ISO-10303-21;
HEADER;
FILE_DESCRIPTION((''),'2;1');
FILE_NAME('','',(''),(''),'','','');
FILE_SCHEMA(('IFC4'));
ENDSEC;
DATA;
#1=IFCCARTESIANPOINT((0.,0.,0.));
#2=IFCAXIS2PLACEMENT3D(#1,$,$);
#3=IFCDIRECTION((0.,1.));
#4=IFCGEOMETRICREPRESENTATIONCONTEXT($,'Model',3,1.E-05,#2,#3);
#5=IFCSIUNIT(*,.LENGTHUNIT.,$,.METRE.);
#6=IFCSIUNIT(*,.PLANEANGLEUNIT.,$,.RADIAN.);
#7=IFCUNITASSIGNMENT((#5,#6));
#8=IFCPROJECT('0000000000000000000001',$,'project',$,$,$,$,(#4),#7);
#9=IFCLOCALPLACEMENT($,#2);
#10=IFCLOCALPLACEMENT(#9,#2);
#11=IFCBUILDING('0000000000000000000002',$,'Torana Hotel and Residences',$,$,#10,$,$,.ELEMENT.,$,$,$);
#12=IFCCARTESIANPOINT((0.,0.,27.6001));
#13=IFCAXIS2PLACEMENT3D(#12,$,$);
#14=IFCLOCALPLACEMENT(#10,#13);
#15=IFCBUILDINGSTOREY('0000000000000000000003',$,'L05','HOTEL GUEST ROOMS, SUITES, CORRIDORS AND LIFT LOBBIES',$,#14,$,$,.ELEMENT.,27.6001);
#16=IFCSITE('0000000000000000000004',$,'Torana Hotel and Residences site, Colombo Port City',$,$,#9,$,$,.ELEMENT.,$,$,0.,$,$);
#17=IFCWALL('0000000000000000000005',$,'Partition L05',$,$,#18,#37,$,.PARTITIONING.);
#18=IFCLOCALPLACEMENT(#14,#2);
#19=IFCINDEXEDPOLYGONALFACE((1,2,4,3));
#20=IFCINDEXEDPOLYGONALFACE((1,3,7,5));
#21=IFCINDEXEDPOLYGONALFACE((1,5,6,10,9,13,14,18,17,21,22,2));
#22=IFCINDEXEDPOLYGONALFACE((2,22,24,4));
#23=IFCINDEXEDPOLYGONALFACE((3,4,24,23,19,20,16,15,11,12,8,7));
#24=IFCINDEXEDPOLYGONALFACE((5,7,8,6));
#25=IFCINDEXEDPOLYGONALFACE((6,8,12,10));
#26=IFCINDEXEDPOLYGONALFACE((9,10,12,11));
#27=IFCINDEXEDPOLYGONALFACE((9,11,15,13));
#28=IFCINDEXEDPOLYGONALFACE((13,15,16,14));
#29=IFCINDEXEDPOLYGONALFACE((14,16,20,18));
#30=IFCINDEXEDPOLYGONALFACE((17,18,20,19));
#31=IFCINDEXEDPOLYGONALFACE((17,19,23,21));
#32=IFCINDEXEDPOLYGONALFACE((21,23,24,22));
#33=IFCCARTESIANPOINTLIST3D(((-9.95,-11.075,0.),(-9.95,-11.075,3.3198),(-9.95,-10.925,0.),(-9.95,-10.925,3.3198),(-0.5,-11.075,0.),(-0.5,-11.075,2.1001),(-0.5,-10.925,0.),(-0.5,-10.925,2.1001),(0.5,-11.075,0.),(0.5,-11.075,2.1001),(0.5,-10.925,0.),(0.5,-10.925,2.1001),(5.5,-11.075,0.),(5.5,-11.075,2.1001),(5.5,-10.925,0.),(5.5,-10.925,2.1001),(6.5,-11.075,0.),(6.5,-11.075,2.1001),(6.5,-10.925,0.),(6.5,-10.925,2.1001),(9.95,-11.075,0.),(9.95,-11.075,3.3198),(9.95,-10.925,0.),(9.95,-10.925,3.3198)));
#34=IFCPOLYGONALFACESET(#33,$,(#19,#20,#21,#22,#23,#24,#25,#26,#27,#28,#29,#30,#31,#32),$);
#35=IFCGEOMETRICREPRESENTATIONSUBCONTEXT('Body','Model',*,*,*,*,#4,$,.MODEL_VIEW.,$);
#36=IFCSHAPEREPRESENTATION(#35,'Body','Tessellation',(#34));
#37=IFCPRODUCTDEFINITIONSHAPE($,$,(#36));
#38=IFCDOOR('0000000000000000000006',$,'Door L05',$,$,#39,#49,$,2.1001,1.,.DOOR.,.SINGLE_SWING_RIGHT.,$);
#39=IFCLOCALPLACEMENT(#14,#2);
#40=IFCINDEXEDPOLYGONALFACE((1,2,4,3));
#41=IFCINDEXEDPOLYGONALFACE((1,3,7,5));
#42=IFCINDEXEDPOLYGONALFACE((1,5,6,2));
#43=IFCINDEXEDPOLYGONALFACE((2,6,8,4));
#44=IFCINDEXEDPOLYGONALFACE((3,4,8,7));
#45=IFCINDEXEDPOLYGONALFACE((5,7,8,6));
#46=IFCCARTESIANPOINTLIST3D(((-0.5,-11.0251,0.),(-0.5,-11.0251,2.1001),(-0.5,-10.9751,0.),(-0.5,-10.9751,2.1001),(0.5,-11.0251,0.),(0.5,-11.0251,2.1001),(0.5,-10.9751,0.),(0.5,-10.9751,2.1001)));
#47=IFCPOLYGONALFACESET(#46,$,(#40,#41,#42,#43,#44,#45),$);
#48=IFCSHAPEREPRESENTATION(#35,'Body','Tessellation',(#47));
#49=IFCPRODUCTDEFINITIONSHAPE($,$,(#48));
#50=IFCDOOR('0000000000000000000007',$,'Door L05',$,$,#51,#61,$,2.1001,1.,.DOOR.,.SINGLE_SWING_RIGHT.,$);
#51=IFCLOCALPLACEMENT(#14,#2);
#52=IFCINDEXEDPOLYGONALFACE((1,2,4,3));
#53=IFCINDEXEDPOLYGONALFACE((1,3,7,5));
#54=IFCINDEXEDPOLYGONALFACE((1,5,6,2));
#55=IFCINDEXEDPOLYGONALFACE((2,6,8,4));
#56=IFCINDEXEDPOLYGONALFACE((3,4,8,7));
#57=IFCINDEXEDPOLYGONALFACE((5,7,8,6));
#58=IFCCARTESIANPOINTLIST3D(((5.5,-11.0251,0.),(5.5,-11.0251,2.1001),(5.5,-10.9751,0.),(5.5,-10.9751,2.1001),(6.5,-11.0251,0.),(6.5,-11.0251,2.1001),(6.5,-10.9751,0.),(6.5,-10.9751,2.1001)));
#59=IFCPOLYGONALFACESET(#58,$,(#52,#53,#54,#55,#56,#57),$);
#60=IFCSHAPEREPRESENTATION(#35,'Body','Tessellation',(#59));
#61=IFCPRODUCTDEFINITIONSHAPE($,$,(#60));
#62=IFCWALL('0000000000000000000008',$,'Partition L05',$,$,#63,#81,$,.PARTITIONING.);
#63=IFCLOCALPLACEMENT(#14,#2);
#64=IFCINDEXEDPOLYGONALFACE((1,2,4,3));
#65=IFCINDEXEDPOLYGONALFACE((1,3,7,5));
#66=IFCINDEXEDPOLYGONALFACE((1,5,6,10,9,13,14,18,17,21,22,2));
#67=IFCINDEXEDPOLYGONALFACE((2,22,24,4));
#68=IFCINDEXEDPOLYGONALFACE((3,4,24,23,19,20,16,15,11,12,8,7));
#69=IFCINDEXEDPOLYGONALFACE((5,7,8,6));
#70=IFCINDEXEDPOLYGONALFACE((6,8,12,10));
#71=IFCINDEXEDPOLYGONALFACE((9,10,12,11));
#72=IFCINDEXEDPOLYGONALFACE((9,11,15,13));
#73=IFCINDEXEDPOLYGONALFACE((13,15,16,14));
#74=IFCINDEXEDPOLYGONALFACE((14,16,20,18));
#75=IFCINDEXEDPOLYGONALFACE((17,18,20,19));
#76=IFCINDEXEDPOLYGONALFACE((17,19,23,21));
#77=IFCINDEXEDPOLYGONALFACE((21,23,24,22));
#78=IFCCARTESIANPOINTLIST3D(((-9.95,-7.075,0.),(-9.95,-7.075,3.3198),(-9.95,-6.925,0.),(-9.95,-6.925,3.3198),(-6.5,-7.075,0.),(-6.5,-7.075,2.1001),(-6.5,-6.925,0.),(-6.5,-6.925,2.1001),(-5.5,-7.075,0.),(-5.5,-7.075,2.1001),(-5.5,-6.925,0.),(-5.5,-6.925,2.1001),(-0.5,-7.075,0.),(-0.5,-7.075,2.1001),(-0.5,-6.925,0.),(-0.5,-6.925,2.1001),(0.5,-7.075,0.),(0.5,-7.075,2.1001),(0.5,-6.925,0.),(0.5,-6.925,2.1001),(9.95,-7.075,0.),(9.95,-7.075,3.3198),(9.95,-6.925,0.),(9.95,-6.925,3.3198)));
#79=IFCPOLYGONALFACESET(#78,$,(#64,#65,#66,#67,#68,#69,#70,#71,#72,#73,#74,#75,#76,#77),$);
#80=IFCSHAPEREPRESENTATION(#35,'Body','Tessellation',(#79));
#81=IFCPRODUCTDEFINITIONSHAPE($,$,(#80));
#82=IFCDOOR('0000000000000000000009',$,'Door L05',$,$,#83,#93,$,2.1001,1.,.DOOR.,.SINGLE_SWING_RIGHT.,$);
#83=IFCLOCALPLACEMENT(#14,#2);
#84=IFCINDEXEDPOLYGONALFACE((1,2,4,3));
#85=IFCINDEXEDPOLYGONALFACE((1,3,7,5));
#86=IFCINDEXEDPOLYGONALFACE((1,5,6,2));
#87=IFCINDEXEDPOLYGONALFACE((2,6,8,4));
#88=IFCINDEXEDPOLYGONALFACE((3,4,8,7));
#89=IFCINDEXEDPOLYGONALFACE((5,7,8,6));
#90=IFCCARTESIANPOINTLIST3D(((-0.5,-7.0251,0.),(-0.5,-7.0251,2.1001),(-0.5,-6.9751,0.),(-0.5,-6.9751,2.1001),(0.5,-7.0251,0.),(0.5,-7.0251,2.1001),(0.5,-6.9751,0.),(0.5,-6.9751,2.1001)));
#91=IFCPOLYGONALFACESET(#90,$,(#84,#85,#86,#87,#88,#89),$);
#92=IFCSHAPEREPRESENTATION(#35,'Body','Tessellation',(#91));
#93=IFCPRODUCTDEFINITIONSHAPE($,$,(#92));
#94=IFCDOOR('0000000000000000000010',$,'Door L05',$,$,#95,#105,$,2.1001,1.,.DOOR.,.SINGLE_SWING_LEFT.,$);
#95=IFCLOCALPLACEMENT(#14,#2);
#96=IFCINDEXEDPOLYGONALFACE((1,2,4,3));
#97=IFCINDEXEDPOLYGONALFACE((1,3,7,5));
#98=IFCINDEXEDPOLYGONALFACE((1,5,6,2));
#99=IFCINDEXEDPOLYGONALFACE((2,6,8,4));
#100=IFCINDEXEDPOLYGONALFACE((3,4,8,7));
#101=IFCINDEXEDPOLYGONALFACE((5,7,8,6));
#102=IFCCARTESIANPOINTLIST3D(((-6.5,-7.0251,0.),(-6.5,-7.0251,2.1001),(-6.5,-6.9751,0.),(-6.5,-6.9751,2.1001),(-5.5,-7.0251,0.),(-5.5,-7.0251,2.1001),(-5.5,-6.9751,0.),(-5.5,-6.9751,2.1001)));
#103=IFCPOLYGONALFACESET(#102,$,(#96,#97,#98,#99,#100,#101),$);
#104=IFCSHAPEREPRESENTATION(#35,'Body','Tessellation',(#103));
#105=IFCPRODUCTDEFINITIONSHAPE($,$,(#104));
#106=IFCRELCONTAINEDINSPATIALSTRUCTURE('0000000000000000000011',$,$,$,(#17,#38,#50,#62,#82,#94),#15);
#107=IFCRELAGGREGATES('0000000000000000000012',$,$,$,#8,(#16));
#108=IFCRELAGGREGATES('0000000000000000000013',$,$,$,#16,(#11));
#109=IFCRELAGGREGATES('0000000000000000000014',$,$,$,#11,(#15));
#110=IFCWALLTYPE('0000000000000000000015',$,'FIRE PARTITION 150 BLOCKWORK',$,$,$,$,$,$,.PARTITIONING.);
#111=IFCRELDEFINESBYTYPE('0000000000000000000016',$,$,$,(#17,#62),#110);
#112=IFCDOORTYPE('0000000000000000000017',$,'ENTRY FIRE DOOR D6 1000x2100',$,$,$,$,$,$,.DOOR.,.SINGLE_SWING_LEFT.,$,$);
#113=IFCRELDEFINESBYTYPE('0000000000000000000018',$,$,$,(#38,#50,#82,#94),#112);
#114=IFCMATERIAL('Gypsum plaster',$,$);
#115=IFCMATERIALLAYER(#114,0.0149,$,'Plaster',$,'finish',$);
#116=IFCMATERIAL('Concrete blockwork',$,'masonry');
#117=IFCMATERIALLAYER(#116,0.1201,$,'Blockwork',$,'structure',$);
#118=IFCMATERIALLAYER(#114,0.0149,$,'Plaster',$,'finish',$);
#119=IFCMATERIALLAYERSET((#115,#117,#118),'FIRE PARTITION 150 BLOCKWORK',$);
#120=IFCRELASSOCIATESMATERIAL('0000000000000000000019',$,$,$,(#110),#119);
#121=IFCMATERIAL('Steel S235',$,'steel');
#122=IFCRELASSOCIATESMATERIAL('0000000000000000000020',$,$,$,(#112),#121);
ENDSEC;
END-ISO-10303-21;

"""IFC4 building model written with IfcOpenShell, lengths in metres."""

from ifc_helpers import new_model, si_unit, direction, frame, frame_2d, origin, place, context, subcontext, project, spatial, rectangle, extrude, material, layer, layer_set, type_object, element, fill, save


model = new_model("IFC4")

# Units and contexts
model_context = context("Model", 3, precision=1e-05, world=origin(), true_north=direction((0.0, 1.0)))
body_context = subcontext(model_context, "Body", "Model", "MODEL_VIEW")
ifc_project = project(units=[si_unit("LENGTHUNIT", "METRE"), si_unit("PLANEANGLEUNIT", "RADIAN")], contexts=[model_context])

# Site, building, storey
site_placement = place(None, origin())
site = spatial("IfcSite", under=ifc_project, at=site_placement, Name="Torana Hotel and Residences site, Colombo Port City", CompositionType="ELEMENT", RefElevation=0.0)
building_placement = place(site_placement, origin())
building = spatial("IfcBuilding", under=site, at=building_placement, Name="Torana Hotel and Residences", CompositionType="ELEMENT")
storey_placement = place(building_placement, frame((0.0, 0.0, 27.6001)))
storey = spatial("IfcBuildingStorey", under=building, at=storey_placement, Name="L05", Description="HOTEL GUEST ROOMS, SUITES, CORRIDORS AND LIFT LOBBIES", CompositionType="ELEMENT", Elevation=27.6001)

# Shared definitions
ifc_material_1 = material(Name="Gypsum plaster")
ifc_layer_1 = layer(ifc_material_1, 0.0149, Name="Plaster", Category="finish")
ifc_material_2 = material(Name="Concrete blockwork", Category="masonry")
ifc_layer_2 = layer(ifc_material_2, 0.1201, Name="Blockwork", Category="structure")
ifc_layer_3 = layer(ifc_material_1, 0.0149, Name="Plaster", Category="finish")
ifc_layer_set_1 = layer_set([ifc_layer_1, ifc_layer_2, ifc_layer_3], Name="FIRE PARTITION 150 BLOCKWORK")
wall_type_1 = type_object("IfcWallType", Name="FIRE PARTITION 150 BLOCKWORK", PredefinedType="PARTITIONING", material=ifc_layer_set_1)

# Walls, openings, doors
wall_1_placement = place(storey_placement, frame((-9.95, -11.0, 0.0), z_axis=(0.0, 0.0, 1.0), x_axis=(1.0, 0.0, 0.0)))
wall_1 = element("IfcWall", 1, at=wall_1_placement, inside=storey, type_object=wall_type_1, Name="Partition L05", PredefinedType="PARTITIONING", context=body_context, shape_type="SweptSolid", body=[
    extrude(rectangle(XDim=19.8999, YDim=0.1499, at=frame_2d((9.95, 0.0))), origin(), (0.0, 0.0, 1.0), 3.3198),
])
opening_1_placement = place(wall_1_placement, frame((9.45, 0.0, 0.0)))
opening_1 = element("IfcOpeningElement", 2, at=opening_1_placement, cuts=wall_1, PredefinedType="OPENING", context=body_context, shape_type="SweptSolid", body=[
    extrude(rectangle(XDim=1.0, YDim=2.1001, at=frame_2d((0.5, 1.05))), frame((0.0, 0.085, 0.0), z_axis=(0.0, -1.0, 0.0), x_axis=(1.0, 0.0, 0.0)), (0.0, 0.0, 1.0), 0.1699),
])
opening_2_placement = place(wall_1_placement, frame((15.45, 0.0, 0.0)))
opening_2 = element("IfcOpeningElement", 3, at=opening_2_placement, cuts=wall_1, PredefinedType="OPENING", context=body_context, shape_type="SweptSolid", body=[
    extrude(rectangle(XDim=1.0, YDim=2.1001, at=frame_2d((0.5, 1.05))), frame((0.0, 0.085, 0.0), z_axis=(0.0, -1.0, 0.0), x_axis=(1.0, 0.0, 0.0)), (0.0, 0.0, 1.0), 0.1699),
])
ifc_material_3 = material(Name="Steel S235", Category="steel")
door_type = type_object("IfcDoorType", Name="ENTRY FIRE DOOR D6 1000x2100", OperationType="SINGLE_SWING_LEFT", PredefinedType="DOOR", material=ifc_material_3)
door_1_placement = place(opening_1_placement, origin())
door_1 = element("IfcDoor", 4, at=door_1_placement, inside=storey, type_object=door_type, Name="Door L05", OperationType="SINGLE_SWING_RIGHT", OverallHeight=2.1001, OverallWidth=1.0, PredefinedType="DOOR", context=body_context, shape_type="SweptSolid", body=[
    extrude(rectangle(XDim=1.0, YDim=2.1001, at=frame_2d((0.5, 1.05))), frame((0.0, 0.0249, 0.0), z_axis=(0.0, -1.0, 0.0), x_axis=(1.0, 0.0, 0.0)), (0.0, 0.0, 1.0), 0.05),
])
fill(opening_1, door_1)
door_2_placement = place(opening_2_placement, origin())
door_2 = element("IfcDoor", 5, at=door_2_placement, inside=storey, type_object=door_type, Name="Door L05", OperationType="SINGLE_SWING_RIGHT", OverallHeight=2.1001, OverallWidth=1.0, PredefinedType="DOOR", context=body_context, shape_type="SweptSolid", body=[
    extrude(rectangle(XDim=1.0, YDim=2.1001, at=frame_2d((0.5, 1.05))), frame((0.0, 0.0249, 0.0), z_axis=(0.0, -1.0, 0.0), x_axis=(1.0, 0.0, 0.0)), (0.0, 0.0, 1.0), 0.05),
])
fill(opening_2, door_2)
wall_2_placement = place(storey_placement, frame((-9.95, -7.0, 0.0), z_axis=(0.0, 0.0, 1.0), x_axis=(1.0, 0.0, 0.0)))
wall_2 = element("IfcWall", 6, at=wall_2_placement, inside=storey, type_object=wall_type_1, Name="Partition L05", PredefinedType="PARTITIONING", context=body_context, shape_type="SweptSolid", body=[
    extrude(rectangle(XDim=19.8999, YDim=0.1499, at=frame_2d((9.95, 0.0))), origin(), (0.0, 0.0, 1.0), 3.3198),
])
opening_3_placement = place(wall_2_placement, frame((9.45, 0.0, 0.0)))
opening_3 = element("IfcOpeningElement", 7, at=opening_3_placement, cuts=wall_2, PredefinedType="OPENING", context=body_context, shape_type="SweptSolid", body=[
    extrude(rectangle(XDim=1.0, YDim=2.1001, at=frame_2d((0.5, 1.05))), frame((0.0, 0.085, 0.0), z_axis=(0.0, -1.0, 0.0), x_axis=(1.0, 0.0, 0.0)), (0.0, 0.0, 1.0), 0.1699),
])
opening_4_placement = place(wall_2_placement, frame((3.45, 0.0, 0.0)))
opening_4 = element("IfcOpeningElement", 8, at=opening_4_placement, cuts=wall_2, PredefinedType="OPENING", context=body_context, shape_type="SweptSolid", body=[
    extrude(rectangle(XDim=1.0, YDim=2.1001, at=frame_2d((0.5, 1.05))), frame((0.0, 0.085, 0.0), z_axis=(0.0, -1.0, 0.0), x_axis=(1.0, 0.0, 0.0)), (0.0, 0.0, 1.0), 0.1699),
])
door_3_placement = place(opening_3_placement, origin())
door_3 = element("IfcDoor", 9, at=door_3_placement, inside=storey, type_object=door_type, Name="Door L05", OperationType="SINGLE_SWING_RIGHT", OverallHeight=2.1001, OverallWidth=1.0, PredefinedType="DOOR", context=body_context, shape_type="SweptSolid", body=[
    extrude(rectangle(XDim=1.0, YDim=2.1001, at=frame_2d((0.5, 1.05))), frame((0.0, 0.0249, 0.0), z_axis=(0.0, -1.0, 0.0), x_axis=(1.0, 0.0, 0.0)), (0.0, 0.0, 1.0), 0.05),
])
fill(opening_3, door_3)
door_4_placement = place(opening_4_placement, frame((0.5, 0.0, 0.0), z_axis=(0.0, 0.0, 1.0), x_axis=(-1.0, 0.0, 0.0)))
door_4 = element("IfcDoor", 10, at=door_4_placement, inside=storey, type_object=door_type, Name="Door L05", OperationType="SINGLE_SWING_LEFT", OverallHeight=2.1001, OverallWidth=1.0, PredefinedType="DOOR", context=body_context, shape_type="SweptSolid", body=[
    extrude(rectangle(XDim=1.0, YDim=2.1001, at=frame_2d((0.0, 1.05))), frame((0.0, -0.0249, 0.0), z_axis=(0.0, 1.0, 0.0), x_axis=(-1.0, 0.0, 0.0)), (0.0, 0.0, 1.0), 0.05),
])
fill(opening_4, door_4)

save(model, "model.ifc")
